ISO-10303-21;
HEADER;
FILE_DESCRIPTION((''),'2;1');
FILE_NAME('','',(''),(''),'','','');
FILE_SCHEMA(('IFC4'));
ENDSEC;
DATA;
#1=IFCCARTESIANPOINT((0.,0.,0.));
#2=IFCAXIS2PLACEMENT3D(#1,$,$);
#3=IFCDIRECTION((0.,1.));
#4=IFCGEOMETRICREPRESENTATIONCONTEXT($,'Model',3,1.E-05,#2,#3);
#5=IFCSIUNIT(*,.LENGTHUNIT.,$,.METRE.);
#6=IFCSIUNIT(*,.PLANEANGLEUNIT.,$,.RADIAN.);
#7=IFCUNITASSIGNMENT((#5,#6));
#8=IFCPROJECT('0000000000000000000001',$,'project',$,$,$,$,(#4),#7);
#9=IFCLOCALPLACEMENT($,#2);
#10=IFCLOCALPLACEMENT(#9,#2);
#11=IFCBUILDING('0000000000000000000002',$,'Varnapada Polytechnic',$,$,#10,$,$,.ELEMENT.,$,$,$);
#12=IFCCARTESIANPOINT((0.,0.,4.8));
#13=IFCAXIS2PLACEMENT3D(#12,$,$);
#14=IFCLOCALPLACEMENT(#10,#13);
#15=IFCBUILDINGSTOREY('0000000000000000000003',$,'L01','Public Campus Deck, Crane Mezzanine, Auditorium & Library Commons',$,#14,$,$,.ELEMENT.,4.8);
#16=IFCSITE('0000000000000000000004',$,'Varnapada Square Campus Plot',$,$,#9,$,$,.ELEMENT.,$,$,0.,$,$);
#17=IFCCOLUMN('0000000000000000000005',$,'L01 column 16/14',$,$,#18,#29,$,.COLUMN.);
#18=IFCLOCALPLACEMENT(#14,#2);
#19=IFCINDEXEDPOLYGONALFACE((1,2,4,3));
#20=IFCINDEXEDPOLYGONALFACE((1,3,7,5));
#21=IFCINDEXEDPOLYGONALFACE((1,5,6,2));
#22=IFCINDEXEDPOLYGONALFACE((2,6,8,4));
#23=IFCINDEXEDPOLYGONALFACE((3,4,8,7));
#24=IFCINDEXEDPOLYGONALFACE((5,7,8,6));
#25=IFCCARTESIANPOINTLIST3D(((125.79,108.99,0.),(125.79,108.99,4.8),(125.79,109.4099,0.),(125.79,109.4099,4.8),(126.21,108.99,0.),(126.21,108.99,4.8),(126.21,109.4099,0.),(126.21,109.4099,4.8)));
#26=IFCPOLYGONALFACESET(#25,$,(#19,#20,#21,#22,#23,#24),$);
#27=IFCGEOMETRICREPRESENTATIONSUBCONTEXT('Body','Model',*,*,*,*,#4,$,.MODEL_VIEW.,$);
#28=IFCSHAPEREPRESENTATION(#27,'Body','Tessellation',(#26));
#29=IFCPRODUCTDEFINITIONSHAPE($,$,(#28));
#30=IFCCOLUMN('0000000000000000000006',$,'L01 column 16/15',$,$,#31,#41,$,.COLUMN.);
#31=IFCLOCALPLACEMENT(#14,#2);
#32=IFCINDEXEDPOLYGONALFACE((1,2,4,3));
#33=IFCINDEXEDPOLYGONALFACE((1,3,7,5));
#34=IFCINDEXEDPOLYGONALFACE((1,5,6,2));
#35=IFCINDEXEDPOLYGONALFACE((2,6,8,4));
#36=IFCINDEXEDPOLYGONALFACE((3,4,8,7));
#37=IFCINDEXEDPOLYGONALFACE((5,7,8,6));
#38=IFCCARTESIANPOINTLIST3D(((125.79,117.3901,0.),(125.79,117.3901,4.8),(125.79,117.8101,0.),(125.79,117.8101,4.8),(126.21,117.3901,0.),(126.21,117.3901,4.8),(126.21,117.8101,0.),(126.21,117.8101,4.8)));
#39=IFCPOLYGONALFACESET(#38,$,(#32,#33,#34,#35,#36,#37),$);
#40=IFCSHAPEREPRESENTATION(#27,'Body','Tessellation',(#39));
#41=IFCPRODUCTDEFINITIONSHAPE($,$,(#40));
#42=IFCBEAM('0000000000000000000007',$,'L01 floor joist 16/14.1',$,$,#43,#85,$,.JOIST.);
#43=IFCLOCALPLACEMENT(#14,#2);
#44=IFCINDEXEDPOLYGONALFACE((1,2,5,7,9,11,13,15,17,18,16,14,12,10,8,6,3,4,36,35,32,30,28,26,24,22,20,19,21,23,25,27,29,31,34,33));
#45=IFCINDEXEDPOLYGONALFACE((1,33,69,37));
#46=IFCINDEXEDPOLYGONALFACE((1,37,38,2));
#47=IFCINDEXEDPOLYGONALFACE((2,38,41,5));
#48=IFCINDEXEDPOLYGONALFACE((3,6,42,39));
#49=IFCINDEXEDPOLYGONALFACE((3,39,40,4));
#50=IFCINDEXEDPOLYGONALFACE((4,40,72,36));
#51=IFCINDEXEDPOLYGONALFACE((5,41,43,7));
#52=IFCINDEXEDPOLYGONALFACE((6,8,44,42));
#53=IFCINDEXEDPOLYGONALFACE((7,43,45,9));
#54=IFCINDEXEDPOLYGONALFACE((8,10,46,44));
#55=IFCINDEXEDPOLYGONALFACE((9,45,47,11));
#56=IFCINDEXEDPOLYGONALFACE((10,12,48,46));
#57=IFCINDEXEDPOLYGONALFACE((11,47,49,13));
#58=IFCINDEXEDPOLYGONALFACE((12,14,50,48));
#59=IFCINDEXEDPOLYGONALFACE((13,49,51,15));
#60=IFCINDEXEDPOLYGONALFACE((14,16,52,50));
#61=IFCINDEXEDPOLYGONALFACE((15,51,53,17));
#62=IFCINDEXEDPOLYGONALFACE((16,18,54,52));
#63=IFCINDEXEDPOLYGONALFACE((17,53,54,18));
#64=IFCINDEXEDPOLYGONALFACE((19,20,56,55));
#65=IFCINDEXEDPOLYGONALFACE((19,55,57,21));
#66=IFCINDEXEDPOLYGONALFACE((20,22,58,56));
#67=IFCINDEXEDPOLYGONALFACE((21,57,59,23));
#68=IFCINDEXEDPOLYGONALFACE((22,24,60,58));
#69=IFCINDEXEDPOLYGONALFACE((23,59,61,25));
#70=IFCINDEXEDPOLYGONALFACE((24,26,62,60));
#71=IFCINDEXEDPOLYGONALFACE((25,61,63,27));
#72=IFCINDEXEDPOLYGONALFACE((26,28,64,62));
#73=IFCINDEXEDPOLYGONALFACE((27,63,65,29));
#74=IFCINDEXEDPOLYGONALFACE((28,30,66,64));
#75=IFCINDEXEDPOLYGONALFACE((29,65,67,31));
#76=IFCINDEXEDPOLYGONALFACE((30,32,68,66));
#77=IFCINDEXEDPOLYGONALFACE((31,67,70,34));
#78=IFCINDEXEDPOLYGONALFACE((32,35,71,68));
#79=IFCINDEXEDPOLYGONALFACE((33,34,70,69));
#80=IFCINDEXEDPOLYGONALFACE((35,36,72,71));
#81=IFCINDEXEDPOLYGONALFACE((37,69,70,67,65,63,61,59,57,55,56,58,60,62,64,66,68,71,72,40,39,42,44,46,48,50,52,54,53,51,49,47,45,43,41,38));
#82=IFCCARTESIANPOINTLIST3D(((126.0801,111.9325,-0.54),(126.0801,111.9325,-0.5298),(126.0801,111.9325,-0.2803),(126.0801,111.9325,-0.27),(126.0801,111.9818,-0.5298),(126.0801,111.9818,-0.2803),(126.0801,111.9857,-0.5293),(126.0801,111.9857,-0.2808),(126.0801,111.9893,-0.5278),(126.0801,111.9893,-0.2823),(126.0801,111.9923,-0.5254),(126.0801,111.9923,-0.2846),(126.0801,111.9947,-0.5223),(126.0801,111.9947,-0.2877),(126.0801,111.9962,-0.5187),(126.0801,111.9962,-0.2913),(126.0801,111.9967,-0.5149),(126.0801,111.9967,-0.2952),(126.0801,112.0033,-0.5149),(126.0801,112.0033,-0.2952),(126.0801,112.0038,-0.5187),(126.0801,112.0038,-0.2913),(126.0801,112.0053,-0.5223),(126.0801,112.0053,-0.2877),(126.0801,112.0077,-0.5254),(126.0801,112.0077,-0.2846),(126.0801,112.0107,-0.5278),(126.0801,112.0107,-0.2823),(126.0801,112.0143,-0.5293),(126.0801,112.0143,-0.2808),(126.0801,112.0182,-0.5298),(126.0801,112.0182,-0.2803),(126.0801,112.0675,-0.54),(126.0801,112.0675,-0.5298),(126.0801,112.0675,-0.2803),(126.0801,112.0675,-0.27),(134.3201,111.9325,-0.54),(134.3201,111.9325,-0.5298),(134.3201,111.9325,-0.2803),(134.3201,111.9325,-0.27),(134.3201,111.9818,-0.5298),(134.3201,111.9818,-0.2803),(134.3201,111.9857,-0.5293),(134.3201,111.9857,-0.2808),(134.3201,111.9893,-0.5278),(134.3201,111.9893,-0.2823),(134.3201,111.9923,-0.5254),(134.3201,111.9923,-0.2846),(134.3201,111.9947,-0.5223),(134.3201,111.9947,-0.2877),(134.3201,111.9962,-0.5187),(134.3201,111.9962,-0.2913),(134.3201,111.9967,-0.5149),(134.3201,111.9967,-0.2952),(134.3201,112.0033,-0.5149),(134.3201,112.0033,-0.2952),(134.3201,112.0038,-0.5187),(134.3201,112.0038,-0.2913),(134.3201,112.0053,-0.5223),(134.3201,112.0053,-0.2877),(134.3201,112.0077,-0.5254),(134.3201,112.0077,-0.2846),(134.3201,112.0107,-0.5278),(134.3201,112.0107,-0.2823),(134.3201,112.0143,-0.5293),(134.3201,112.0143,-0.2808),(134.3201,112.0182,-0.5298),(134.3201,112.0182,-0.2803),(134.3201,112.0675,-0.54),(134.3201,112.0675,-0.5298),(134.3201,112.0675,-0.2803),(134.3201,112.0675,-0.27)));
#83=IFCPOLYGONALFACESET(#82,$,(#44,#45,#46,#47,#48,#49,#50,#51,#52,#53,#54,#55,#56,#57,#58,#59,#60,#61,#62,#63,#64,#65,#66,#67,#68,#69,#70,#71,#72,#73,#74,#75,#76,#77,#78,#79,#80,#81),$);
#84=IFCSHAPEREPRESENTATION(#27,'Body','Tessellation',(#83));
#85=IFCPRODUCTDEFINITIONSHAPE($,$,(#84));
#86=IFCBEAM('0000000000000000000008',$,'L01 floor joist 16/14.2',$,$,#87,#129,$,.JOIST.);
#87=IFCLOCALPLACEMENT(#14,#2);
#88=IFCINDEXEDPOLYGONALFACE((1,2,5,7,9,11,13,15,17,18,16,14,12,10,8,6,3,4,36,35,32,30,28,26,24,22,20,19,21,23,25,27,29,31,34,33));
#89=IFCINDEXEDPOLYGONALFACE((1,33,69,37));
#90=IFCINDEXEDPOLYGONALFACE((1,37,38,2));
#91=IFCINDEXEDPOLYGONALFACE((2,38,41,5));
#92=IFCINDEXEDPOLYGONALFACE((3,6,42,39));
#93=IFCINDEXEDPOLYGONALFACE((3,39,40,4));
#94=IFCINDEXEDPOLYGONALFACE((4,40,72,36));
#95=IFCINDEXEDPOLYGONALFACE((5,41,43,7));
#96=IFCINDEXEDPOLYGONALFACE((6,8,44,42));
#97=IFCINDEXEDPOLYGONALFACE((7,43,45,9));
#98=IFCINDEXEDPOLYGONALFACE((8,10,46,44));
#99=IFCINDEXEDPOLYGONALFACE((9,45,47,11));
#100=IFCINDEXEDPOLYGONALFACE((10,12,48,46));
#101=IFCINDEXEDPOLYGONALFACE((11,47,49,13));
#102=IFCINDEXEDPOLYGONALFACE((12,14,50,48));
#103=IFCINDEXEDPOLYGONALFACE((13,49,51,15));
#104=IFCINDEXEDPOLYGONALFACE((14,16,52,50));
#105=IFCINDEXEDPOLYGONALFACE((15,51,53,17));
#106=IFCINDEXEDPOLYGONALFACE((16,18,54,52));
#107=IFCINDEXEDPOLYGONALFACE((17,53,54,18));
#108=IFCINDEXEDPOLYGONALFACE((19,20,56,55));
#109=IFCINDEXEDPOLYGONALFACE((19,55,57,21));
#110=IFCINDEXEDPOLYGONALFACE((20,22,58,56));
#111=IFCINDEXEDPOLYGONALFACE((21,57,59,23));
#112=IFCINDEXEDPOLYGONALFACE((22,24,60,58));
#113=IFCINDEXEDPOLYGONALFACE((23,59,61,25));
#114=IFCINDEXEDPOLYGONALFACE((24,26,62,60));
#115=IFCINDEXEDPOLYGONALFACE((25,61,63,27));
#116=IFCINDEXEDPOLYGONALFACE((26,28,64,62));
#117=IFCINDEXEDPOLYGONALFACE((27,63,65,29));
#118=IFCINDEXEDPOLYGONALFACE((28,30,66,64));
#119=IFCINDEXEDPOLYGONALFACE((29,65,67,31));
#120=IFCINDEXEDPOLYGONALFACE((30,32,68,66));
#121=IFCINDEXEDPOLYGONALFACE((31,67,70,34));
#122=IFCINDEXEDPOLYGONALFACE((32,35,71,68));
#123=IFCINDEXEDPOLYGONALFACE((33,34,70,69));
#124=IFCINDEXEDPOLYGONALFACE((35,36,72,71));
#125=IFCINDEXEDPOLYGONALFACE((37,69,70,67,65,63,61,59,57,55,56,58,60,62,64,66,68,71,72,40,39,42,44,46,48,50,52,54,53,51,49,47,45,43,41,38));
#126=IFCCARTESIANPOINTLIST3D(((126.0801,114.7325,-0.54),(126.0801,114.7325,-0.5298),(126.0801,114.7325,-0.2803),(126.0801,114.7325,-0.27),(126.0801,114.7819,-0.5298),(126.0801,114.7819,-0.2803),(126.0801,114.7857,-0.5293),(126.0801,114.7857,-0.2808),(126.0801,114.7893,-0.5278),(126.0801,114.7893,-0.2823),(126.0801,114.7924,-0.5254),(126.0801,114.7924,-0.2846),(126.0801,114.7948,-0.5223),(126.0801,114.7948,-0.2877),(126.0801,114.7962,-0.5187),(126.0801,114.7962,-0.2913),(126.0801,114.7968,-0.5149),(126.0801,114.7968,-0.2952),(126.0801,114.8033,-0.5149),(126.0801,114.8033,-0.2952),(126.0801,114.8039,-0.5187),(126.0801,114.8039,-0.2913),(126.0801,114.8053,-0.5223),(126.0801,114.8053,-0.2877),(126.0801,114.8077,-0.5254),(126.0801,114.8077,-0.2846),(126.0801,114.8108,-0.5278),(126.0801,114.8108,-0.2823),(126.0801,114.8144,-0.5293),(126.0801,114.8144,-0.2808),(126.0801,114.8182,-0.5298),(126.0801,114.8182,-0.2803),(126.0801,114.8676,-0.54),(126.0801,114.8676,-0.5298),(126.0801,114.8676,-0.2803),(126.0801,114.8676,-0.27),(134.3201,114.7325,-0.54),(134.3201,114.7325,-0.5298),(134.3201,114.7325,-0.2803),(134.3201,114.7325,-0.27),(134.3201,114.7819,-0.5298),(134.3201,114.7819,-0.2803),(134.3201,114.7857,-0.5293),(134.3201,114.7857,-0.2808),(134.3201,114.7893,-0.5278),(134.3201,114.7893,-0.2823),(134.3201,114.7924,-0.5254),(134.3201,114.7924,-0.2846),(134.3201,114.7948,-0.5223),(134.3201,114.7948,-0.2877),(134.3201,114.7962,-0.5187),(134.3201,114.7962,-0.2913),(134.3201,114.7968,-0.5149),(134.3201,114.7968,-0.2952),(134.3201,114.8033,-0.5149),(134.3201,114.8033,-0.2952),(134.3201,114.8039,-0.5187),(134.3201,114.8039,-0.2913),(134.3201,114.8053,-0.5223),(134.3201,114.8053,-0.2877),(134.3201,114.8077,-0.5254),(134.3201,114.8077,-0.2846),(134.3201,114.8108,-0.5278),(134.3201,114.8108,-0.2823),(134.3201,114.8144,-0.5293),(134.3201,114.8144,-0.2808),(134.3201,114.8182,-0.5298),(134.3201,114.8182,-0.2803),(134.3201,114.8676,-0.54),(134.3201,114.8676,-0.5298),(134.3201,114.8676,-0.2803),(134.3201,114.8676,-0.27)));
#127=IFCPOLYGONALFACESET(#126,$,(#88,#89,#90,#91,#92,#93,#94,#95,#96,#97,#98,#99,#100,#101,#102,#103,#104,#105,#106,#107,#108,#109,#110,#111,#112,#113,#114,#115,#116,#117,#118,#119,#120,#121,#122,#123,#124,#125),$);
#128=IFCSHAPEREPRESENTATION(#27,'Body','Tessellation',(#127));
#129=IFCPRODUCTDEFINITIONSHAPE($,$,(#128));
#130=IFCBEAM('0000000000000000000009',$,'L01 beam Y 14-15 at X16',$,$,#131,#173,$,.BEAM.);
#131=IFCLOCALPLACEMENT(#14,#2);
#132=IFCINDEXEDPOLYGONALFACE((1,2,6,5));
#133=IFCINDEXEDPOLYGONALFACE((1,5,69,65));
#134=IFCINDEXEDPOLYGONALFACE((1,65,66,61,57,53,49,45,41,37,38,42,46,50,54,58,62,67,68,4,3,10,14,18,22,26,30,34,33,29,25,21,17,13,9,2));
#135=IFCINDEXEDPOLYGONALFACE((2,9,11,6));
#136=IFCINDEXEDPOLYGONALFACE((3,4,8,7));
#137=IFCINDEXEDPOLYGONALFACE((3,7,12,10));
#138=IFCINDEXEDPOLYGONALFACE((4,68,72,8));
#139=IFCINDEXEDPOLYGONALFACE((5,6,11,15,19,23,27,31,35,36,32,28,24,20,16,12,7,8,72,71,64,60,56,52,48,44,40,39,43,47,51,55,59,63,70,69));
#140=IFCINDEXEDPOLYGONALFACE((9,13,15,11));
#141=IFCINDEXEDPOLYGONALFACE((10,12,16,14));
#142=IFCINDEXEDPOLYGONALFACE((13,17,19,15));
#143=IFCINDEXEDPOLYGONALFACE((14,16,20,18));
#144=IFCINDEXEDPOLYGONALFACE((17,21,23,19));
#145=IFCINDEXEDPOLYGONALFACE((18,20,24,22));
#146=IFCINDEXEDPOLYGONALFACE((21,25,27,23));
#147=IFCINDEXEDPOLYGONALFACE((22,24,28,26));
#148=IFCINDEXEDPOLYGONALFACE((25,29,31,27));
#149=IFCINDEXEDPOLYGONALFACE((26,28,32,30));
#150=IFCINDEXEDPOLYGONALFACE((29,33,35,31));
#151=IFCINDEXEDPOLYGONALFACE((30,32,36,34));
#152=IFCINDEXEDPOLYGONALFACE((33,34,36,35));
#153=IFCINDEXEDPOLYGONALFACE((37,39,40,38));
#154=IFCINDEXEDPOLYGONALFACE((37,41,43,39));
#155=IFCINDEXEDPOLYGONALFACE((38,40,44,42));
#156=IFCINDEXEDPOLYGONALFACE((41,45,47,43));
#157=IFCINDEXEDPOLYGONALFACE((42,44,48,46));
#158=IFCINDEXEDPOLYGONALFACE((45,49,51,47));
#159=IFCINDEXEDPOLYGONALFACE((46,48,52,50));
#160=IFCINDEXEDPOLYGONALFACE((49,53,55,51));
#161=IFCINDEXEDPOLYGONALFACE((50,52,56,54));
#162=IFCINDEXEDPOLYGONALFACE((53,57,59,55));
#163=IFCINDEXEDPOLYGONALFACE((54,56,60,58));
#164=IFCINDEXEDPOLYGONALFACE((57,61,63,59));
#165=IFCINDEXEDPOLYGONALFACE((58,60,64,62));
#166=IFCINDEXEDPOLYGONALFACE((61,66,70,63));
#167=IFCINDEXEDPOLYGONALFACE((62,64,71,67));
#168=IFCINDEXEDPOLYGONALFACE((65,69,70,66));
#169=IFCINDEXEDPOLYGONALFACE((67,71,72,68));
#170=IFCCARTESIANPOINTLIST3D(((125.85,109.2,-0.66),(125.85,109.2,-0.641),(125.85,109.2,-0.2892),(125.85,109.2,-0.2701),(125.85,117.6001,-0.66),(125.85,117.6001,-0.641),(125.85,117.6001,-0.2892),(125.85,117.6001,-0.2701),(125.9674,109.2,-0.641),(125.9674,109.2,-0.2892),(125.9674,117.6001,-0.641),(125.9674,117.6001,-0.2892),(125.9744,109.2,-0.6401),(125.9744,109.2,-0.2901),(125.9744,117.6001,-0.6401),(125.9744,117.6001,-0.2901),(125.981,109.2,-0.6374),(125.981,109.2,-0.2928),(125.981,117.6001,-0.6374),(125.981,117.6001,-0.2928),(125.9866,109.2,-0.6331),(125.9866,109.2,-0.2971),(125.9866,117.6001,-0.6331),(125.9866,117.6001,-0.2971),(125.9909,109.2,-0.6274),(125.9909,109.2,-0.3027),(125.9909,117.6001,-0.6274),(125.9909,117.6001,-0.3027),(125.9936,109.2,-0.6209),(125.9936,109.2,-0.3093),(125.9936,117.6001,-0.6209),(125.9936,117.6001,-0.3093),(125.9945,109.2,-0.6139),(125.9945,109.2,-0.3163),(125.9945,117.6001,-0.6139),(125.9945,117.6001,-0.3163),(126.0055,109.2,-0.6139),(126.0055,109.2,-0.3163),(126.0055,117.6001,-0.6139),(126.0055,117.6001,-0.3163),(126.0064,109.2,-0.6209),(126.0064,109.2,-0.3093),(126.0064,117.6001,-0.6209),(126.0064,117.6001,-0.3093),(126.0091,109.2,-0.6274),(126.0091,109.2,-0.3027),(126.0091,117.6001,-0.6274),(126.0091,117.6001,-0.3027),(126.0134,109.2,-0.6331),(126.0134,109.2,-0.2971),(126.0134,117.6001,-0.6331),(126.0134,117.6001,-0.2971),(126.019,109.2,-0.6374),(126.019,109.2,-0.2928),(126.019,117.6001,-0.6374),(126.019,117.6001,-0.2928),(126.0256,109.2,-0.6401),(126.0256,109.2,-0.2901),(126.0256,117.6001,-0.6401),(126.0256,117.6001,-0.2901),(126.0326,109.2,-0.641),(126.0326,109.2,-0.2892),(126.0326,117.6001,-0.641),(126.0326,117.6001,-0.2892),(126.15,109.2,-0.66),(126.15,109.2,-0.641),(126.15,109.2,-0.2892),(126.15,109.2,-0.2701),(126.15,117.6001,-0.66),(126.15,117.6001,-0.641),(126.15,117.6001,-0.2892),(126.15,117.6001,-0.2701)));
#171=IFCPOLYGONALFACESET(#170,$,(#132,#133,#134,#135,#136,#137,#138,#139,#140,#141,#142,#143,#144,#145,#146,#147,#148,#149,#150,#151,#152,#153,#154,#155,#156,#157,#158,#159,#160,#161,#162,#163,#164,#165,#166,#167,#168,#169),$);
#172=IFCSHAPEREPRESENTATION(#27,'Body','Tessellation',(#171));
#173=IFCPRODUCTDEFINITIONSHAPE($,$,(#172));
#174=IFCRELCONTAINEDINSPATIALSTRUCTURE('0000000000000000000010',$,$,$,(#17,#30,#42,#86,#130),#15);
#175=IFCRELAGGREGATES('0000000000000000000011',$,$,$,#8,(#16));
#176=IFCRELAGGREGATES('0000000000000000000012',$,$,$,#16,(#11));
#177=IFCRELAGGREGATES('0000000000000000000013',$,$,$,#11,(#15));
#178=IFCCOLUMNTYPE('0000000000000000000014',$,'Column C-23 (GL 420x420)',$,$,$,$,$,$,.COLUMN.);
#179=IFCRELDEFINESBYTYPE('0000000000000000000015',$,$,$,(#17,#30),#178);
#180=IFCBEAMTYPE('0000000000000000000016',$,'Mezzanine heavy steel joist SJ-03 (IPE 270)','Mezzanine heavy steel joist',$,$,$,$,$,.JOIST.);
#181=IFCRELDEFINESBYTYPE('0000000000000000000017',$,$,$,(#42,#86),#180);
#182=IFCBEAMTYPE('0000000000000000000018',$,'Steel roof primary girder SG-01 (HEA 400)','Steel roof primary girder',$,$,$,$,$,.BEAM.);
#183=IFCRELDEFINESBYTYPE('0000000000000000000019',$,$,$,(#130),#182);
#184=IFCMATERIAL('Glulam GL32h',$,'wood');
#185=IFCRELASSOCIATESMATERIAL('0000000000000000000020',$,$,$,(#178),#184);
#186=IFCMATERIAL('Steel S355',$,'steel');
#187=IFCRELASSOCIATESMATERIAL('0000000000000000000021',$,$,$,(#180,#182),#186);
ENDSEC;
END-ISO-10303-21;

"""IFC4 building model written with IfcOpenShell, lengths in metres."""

from ifc_helpers import new_model, si_unit, direction, frame, origin, origin_2d, place, context, subcontext, project, spatial, rectangle, i_section, extrude, material, material_profile, profile_set, type_object, element, save


model = new_model("IFC4")

# Units and contexts
model_context = context("Model", 3, precision=1e-05, world=origin(), true_north=direction((0.0, 1.0)))
body_context = subcontext(model_context, "Body", "Model", "MODEL_VIEW")
ifc_project = project(units=[si_unit("LENGTHUNIT", "METRE"), si_unit("PLANEANGLEUNIT", "RADIAN")], contexts=[model_context])

# Site, building, storey
site_placement = place(None, origin())
site = spatial("IfcSite", under=ifc_project, at=site_placement, Name="Varnapada Square Campus Plot", CompositionType="ELEMENT", RefElevation=0.0)
building_placement = place(site_placement, origin())
building = spatial("IfcBuilding", under=site, at=building_placement, Name="Varnapada Polytechnic", CompositionType="ELEMENT")
storey_placement = place(building_placement, frame((0.0, 0.0, 4.8)))
storey = spatial("IfcBuildingStorey", under=building, at=storey_placement, Name="L01", Description="Public Campus Deck, Crane Mezzanine, Auditorium & Library Commons", CompositionType="ELEMENT", Elevation=4.8)

# Columns
ifc_material_1 = material(Name="Glulam GL32h", Category="wood")
ifc_material_profile_1 = material_profile(ifc_material_1, rectangle(XDim=0.4199, YDim=0.4199, at=origin_2d()), Name="GL 420x420")
ifc_profile_set_1 = profile_set([ifc_material_profile_1], Name="Glulam GL32h")
column_type = type_object("IfcColumnType", Name="Column C-23 (GL 420x420)", PredefinedType="COLUMN", material=ifc_profile_set_1)
for number, where, z_axis, x_axis, name in (
    (1, (126.0, 109.2, 0.0), (0.0, 0.0, 1.0), (1.0, 0.0, 0.0), "L01 column 16/14"),
    (2, (126.0, 117.6001, 0.0), (0.0, 0.0, 1.0), (1.0, 0.0, 0.0), "L01 column 16/15"),
):
    element("IfcColumn", number, at=place(storey_placement, frame(where, z_axis=z_axis, x_axis=x_axis)), inside=storey, type_object=column_type, Name=name, PredefinedType="COLUMN", context=body_context, shape_type="SweptSolid", body=[
        extrude(rectangle(XDim=0.4199, YDim=0.4199, at=origin_2d()), origin(), (0.0, 0.0, 1.0), 4.8),
    ])

# Beams
ifc_material_2 = material(Name="Steel S355", Category="steel")
ifc_material_profile_2 = material_profile(ifc_material_2, i_section(OverallWidth=0.135, OverallDepth=0.27, WebThickness=0.0066, FlangeThickness=0.0103, FilletRadius=0.0149, at=origin_2d()), Name="IPE 270")
ifc_profile_set_2 = profile_set([ifc_material_profile_2], Name="Steel S355")
beam_type_1 = type_object("IfcBeamType", Name="Mezzanine heavy steel joist SJ-03 (IPE 270)", Description="Mezzanine heavy steel joist", PredefinedType="JOIST", material=ifc_profile_set_2)
for number, where, z_axis, x_axis, name in (
    (3, (126.0801, 112.0, -0.405), (1.0, 0.0, 0.0), (0.0, 1.0, 0.0), "L01 floor joist 16/14.1"),
    (4, (126.0801, 114.8, -0.405), (1.0, 0.0, 0.0), (0.0, 1.0, 0.0), "L01 floor joist 16/14.2"),
):
    element("IfcBeam", number, at=place(storey_placement, frame(where, z_axis=z_axis, x_axis=x_axis)), inside=storey, type_object=beam_type_1, Name=name, PredefinedType="JOIST", context=body_context, shape_type="SweptSolid", body=[
        extrude(i_section(OverallWidth=0.135, OverallDepth=0.27, WebThickness=0.0066, FlangeThickness=0.0103, FilletRadius=0.0149, at=origin_2d()), origin(), (0.0, 0.0, 1.0), 8.24),
    ])
ifc_material_profile_3 = material_profile(ifc_material_2, i_section(OverallWidth=0.3, OverallDepth=0.3899, WebThickness=0.011, FlangeThickness=0.019, FilletRadius=0.0271, at=origin_2d()), Name="HEA 400")
ifc_profile_set_3 = profile_set([ifc_material_profile_3], Name="Steel S355")
beam_type_2 = type_object("IfcBeamType", Name="Steel roof primary girder SG-01 (HEA 400)", Description="Steel roof primary girder", PredefinedType="BEAM", material=ifc_profile_set_3)
beam_1_placement = place(storey_placement, frame((126.0, 109.2, -0.4651), z_axis=(0.0, 1.0, 0.0), x_axis=(-1.0, 0.0, 0.0)))
element("IfcBeam", 5, at=beam_1_placement, inside=storey, type_object=beam_type_2, Name="L01 beam Y 14-15 at X16", PredefinedType="BEAM", context=body_context, shape_type="SweptSolid", body=[
    extrude(i_section(OverallWidth=0.3, OverallDepth=0.3899, WebThickness=0.011, FlangeThickness=0.019, FilletRadius=0.0271, at=origin_2d()), origin(), (0.0, 0.0, 1.0), 8.4001),
])

save(model, "model.ifc")
